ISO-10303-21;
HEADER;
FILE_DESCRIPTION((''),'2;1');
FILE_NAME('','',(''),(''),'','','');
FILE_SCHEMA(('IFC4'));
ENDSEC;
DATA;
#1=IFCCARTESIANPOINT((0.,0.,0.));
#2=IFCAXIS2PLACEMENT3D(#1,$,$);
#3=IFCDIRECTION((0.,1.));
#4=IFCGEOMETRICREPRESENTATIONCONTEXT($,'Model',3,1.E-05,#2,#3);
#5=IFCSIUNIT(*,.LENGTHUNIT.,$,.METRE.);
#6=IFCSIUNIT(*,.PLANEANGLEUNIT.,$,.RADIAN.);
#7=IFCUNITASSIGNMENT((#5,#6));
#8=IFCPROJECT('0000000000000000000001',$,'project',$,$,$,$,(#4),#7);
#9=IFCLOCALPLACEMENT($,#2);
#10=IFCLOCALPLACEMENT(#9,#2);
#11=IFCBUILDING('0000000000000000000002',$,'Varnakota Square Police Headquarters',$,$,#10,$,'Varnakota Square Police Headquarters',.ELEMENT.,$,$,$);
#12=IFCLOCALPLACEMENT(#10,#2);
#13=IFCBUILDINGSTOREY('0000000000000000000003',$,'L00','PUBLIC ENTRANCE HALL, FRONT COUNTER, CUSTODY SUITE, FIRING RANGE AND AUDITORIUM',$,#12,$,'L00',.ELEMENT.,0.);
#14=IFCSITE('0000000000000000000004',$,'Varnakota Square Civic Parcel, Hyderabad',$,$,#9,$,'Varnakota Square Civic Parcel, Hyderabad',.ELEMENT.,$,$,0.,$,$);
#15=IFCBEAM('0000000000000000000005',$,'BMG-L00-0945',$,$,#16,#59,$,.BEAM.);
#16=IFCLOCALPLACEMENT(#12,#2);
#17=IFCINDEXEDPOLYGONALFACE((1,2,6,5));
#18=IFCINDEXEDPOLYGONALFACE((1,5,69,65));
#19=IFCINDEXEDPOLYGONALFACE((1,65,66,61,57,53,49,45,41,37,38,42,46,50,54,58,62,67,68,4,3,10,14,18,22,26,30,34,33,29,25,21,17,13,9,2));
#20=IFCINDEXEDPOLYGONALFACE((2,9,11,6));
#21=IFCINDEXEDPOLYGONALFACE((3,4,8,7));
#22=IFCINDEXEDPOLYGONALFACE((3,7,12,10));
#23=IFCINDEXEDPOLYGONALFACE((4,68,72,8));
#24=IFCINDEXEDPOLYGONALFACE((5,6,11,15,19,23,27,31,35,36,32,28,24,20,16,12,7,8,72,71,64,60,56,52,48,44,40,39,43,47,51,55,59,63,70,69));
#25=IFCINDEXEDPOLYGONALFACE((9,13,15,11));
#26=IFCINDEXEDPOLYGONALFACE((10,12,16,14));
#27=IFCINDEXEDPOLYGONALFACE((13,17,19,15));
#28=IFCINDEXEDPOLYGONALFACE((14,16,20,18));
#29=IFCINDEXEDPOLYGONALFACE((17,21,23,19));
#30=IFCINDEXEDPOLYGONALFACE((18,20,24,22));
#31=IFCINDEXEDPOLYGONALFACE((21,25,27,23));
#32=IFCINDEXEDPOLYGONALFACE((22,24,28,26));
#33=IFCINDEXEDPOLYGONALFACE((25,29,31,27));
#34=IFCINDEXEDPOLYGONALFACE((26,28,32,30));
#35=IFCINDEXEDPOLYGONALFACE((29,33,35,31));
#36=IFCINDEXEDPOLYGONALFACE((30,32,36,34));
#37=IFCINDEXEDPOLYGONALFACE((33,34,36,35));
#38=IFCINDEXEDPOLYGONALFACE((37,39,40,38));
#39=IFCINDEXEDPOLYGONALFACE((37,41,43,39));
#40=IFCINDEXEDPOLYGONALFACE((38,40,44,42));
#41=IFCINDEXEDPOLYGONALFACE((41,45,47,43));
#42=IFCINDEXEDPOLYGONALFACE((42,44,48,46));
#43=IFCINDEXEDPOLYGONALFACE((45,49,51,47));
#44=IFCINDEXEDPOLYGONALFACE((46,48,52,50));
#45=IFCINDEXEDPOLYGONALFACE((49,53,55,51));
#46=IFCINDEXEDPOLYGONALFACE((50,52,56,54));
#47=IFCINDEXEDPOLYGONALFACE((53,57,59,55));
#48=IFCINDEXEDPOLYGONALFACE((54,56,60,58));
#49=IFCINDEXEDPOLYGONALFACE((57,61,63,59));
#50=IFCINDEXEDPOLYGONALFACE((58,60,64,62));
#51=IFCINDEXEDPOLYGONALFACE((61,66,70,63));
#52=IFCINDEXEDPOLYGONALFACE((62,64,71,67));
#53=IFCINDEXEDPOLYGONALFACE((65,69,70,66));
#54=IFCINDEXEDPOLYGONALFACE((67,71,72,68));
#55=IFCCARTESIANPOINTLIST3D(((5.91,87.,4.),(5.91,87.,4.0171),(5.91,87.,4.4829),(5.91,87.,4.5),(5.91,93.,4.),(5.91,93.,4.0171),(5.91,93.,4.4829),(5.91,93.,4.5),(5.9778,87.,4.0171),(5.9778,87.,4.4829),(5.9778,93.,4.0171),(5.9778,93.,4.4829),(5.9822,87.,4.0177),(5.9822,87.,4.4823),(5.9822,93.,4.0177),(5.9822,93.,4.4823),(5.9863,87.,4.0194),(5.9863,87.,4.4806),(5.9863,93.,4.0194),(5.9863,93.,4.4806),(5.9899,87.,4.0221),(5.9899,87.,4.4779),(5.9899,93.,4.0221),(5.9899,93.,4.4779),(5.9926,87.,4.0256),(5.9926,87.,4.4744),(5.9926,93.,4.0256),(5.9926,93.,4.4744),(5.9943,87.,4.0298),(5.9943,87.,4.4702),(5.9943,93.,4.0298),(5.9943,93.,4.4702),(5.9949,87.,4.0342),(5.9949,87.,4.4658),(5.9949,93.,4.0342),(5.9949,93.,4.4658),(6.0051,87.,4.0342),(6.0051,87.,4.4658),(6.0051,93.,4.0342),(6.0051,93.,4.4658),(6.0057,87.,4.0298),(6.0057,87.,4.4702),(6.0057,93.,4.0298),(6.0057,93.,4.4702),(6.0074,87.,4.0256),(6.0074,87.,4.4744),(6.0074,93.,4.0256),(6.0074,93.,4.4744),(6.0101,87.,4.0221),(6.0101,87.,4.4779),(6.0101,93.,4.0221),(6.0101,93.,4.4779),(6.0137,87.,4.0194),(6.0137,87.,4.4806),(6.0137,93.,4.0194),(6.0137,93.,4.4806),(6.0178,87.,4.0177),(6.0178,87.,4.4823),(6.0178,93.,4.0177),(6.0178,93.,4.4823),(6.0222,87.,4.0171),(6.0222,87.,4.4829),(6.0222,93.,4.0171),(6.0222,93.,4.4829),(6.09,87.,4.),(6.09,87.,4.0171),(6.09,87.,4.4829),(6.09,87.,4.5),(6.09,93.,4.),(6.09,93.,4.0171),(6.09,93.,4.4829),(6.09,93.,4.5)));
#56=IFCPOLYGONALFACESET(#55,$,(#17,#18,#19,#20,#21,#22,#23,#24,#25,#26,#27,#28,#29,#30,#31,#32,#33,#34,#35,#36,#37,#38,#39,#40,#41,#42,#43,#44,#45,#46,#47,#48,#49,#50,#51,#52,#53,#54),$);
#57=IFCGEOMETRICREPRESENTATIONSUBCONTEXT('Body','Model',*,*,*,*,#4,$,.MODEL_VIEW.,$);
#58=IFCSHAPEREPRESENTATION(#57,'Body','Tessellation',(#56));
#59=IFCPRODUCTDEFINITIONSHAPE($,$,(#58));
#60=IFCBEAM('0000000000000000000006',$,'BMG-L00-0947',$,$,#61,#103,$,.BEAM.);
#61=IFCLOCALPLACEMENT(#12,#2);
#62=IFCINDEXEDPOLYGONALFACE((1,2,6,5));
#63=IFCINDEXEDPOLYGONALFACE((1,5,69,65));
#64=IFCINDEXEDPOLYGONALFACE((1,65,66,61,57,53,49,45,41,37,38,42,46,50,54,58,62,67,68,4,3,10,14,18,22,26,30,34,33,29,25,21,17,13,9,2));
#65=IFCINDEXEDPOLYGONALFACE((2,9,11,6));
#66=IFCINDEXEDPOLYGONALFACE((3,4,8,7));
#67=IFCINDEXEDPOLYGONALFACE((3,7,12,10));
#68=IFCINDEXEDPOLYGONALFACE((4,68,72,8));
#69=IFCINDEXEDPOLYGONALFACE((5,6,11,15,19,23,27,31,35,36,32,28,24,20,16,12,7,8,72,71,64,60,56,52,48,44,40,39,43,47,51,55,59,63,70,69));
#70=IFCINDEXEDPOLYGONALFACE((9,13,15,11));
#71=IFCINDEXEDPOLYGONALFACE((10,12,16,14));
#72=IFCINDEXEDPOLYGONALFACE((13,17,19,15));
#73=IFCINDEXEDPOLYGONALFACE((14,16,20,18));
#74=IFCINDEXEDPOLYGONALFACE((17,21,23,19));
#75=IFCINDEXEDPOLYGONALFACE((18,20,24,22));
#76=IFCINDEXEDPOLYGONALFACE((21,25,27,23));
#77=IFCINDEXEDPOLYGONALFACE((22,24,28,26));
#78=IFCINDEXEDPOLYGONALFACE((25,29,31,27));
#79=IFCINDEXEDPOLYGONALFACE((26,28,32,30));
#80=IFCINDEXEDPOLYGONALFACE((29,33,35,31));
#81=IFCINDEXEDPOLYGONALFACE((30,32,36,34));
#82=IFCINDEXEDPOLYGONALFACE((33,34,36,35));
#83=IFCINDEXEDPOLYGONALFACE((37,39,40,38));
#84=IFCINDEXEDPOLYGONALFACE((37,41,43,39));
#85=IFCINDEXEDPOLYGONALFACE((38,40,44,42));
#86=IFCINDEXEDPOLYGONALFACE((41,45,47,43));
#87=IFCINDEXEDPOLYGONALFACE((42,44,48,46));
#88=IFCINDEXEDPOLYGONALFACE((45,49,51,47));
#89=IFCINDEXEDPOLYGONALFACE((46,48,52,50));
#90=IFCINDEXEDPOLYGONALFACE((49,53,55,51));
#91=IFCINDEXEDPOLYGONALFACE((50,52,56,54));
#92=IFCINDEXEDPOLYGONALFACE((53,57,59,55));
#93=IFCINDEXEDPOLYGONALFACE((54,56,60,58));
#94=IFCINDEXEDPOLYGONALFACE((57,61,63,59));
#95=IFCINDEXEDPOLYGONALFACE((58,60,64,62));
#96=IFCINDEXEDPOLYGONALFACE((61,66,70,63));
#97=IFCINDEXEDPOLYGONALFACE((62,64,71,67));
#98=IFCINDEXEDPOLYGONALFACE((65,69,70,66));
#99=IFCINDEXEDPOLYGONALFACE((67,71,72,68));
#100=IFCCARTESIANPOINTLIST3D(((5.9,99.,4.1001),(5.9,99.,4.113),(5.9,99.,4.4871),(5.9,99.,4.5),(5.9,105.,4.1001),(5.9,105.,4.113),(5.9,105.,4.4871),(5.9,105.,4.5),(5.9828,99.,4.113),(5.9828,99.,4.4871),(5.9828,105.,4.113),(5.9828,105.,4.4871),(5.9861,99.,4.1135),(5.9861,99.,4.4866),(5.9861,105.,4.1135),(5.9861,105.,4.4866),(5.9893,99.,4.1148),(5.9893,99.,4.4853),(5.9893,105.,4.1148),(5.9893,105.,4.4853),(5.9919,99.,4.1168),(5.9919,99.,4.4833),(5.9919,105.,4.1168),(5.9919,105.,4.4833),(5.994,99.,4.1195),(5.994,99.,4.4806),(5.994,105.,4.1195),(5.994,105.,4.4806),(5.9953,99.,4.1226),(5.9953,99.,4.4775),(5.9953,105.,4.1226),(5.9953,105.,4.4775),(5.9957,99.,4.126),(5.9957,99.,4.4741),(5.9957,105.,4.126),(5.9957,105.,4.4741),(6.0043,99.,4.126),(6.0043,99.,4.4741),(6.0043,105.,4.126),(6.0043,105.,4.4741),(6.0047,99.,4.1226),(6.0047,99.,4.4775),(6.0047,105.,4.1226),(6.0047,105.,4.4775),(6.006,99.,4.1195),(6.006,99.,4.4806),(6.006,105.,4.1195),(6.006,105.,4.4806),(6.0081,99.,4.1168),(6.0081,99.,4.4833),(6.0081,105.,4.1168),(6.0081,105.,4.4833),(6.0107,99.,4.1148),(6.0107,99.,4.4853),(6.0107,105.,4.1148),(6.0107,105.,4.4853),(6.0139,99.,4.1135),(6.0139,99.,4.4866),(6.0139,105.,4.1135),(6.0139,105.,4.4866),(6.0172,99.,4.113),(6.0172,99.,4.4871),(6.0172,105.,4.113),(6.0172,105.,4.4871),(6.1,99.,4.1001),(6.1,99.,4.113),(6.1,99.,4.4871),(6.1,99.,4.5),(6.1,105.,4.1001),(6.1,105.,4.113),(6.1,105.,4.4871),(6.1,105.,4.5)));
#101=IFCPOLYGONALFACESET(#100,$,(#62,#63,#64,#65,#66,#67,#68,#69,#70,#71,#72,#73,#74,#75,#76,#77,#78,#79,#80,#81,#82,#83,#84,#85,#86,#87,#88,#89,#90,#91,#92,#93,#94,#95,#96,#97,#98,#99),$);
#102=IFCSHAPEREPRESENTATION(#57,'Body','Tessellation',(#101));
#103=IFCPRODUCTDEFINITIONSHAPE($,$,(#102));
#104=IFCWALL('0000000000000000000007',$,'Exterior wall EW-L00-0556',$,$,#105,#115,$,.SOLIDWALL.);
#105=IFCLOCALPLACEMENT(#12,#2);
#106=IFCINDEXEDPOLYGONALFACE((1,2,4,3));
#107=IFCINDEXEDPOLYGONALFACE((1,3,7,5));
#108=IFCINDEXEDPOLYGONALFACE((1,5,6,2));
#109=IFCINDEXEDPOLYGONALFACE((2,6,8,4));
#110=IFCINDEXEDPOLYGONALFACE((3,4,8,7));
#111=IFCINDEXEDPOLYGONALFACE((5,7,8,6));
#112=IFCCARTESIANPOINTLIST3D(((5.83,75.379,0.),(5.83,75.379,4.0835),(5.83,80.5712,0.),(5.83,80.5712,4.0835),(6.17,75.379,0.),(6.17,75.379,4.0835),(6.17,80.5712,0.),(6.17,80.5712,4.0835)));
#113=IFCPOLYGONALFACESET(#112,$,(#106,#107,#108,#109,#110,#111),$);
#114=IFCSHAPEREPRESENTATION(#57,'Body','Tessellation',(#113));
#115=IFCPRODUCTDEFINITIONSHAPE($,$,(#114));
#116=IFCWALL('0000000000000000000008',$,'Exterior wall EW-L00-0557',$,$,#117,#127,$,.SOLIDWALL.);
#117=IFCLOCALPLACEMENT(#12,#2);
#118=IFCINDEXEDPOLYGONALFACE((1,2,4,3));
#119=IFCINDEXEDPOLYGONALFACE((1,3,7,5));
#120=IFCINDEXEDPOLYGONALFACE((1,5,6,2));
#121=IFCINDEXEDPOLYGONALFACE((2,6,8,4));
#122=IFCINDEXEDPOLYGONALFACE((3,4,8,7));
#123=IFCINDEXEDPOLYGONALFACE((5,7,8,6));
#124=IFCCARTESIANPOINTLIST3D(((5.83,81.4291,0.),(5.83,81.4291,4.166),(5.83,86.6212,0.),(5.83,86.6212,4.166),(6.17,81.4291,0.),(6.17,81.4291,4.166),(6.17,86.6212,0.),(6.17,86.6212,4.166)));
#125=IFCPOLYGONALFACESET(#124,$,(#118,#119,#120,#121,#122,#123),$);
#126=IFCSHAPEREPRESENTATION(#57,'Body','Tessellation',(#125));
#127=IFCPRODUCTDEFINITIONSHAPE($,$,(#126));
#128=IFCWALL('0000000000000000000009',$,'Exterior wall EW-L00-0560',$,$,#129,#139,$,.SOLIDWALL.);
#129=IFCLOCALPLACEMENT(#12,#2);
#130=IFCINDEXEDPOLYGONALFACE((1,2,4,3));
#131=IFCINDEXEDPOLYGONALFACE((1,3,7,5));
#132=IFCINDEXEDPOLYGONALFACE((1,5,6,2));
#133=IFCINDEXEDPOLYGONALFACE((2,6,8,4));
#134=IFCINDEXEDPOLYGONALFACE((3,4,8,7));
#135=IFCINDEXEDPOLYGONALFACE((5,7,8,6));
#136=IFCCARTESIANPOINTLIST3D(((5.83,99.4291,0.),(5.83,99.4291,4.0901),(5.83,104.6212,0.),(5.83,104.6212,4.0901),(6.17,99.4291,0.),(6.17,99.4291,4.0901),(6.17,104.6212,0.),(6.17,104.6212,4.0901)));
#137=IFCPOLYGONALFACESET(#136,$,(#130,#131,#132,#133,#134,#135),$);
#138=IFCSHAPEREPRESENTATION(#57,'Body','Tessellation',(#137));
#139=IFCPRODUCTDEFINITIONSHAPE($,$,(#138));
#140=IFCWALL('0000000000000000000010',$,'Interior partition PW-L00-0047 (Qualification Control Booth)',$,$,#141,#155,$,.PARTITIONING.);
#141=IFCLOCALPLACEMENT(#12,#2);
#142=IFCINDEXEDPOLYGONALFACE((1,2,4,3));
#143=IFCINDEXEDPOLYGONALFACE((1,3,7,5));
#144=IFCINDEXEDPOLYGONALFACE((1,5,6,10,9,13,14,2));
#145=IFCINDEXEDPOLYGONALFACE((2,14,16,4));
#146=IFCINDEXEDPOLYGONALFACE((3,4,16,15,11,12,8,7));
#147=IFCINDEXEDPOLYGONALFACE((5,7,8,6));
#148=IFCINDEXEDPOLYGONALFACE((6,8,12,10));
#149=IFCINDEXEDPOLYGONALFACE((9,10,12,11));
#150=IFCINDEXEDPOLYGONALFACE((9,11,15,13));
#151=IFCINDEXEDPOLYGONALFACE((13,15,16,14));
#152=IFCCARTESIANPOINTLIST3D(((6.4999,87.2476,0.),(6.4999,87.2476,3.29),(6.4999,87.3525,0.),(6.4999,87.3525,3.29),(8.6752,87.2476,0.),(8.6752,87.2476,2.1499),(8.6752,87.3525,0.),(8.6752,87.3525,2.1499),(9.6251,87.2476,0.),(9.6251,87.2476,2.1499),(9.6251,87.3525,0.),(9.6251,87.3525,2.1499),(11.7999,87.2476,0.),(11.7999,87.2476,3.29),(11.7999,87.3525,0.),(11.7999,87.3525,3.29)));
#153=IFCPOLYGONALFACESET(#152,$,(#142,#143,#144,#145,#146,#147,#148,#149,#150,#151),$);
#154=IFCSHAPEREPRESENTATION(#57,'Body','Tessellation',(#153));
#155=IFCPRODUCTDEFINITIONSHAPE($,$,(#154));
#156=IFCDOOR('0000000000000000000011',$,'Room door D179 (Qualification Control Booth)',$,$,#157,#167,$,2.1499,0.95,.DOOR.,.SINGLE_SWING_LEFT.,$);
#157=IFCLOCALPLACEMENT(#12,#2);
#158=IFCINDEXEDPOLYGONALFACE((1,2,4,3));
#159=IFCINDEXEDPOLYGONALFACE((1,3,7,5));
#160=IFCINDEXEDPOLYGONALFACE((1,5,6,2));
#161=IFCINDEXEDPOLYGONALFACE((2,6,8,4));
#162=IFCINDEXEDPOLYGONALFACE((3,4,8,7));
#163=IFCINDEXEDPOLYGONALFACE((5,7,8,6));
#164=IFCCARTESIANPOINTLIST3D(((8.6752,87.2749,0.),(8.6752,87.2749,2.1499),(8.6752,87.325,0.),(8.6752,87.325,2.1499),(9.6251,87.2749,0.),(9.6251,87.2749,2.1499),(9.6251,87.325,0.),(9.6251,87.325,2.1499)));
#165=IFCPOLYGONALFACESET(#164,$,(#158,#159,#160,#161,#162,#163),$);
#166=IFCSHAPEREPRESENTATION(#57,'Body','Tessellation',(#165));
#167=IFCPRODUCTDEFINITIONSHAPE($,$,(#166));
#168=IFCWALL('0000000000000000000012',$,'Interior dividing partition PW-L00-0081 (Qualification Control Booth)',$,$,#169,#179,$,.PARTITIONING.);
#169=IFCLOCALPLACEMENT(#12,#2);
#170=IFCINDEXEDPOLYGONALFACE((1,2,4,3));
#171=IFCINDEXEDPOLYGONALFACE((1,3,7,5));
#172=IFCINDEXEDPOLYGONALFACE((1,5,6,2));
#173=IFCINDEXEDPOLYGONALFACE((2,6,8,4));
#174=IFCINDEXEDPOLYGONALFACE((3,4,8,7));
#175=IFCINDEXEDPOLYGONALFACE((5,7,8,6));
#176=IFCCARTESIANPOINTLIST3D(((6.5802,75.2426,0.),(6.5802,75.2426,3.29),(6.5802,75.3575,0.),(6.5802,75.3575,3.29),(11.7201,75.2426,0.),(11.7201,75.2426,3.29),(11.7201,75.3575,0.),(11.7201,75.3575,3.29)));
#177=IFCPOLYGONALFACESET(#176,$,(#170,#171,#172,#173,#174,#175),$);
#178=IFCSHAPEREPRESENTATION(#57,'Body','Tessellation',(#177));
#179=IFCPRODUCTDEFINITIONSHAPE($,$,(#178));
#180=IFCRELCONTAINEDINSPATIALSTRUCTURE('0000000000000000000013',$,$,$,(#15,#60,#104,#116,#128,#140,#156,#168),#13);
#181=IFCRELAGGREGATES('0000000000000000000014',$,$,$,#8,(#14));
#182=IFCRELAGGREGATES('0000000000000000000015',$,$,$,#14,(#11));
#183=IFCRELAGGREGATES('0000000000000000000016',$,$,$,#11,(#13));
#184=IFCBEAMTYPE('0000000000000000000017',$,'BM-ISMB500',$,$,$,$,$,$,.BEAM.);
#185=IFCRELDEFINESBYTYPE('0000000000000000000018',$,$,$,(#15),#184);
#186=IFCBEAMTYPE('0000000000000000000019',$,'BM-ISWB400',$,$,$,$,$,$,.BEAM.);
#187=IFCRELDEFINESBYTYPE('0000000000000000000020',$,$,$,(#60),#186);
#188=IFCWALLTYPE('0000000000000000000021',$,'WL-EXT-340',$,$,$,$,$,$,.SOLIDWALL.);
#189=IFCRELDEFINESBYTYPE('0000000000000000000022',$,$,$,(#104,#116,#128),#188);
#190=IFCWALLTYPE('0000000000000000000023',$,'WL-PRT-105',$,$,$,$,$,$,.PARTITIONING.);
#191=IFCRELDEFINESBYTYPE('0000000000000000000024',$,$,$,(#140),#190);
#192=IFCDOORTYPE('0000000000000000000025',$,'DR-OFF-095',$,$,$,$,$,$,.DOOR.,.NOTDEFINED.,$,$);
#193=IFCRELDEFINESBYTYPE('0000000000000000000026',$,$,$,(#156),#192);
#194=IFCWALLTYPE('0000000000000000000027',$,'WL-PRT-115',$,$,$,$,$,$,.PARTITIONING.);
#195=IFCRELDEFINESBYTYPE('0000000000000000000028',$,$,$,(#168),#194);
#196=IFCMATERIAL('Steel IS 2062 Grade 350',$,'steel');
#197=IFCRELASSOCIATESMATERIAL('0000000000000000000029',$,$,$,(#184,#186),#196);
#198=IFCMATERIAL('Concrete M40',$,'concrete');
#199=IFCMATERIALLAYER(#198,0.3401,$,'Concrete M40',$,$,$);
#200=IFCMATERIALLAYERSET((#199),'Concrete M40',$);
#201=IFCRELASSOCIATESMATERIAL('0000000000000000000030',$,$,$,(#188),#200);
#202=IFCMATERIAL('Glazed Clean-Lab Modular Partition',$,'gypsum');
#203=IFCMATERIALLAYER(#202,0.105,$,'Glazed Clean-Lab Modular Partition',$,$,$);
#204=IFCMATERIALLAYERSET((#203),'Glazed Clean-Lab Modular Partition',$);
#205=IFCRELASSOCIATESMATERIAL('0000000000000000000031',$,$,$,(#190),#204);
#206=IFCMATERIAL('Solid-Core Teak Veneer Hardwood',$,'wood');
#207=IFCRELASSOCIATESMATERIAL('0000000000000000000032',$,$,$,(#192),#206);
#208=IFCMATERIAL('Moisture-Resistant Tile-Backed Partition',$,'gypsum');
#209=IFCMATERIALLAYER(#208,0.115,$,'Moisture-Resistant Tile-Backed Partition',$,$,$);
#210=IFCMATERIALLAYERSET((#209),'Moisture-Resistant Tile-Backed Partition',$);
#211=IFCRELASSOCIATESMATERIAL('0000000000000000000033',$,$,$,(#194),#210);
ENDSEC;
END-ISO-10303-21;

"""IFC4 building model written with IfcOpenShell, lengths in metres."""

from ifc_helpers import new_model, si_unit, direction, frame, frame_2d, origin, origin_2d, place, context, subcontext, project, spatial, rectangle, i_section, extrude, material, layer, layer_set, material_profile, profile_set, type_object, element, fill, save


model = new_model("IFC4")

# Units and contexts
model_context = context("Model", 3, precision=1e-05, world=origin(), true_north=direction((0.0, 1.0)))
body_context = subcontext(model_context, "Body", "Model", "MODEL_VIEW")
ifc_project = project(units=[si_unit("LENGTHUNIT", "METRE"), si_unit("PLANEANGLEUNIT", "RADIAN")], contexts=[model_context])

# Site, building, storey
site_placement = place(None, origin())
site = spatial("IfcSite", under=ifc_project, at=site_placement, Name="Varnakota Square Civic Parcel, Hyderabad", LongName="Varnakota Square Civic Parcel, Hyderabad", CompositionType="ELEMENT", RefElevation=0.0)
building_placement = place(site_placement, origin())
building = spatial("IfcBuilding", under=site, at=building_placement, Name="Varnakota Square Police Headquarters", LongName="Varnakota Square Police Headquarters", CompositionType="ELEMENT")
storey_placement = place(building_placement, origin())
storey = spatial("IfcBuildingStorey", under=building, at=storey_placement, Name="L00", Description="PUBLIC ENTRANCE HALL, FRONT COUNTER, CUSTODY SUITE, FIRING RANGE AND AUDITORIUM", LongName="L00", CompositionType="ELEMENT", Elevation=0.0)

# Beams
ifc_material_1 = material(Name="Steel IS 2062 Grade 350", Category="steel")
ifc_material_profile_1 = material_profile(ifc_material_1, i_section(OverallWidth=0.1799, OverallDepth=0.5, WebThickness=0.0103, FlangeThickness=0.0171, FilletRadius=0.0171, at=origin_2d()), Name="ISMB 500")
ifc_profile_set_1 = profile_set([ifc_material_profile_1], Name="Steel IS 2062 Grade 350")
beam_type_1 = type_object("IfcBeamType", Name="BM-ISMB500", PredefinedType="BEAM", material=ifc_profile_set_1)
beam_1_placement = place(storey_placement, frame((6.0, 87.0, 4.25), z_axis=(0.0, 1.0, 0.0), x_axis=(-1.0, 0.0, 0.0)))
element("IfcBeam", 1, at=beam_1_placement, inside=storey, type_object=beam_type_1, Name="BMG-L00-0945", PredefinedType="BEAM", context=body_context, shape_type="SweptSolid", body=[
    extrude(i_section(OverallWidth=0.1799, OverallDepth=0.5, WebThickness=0.0103, FlangeThickness=0.0171, FilletRadius=0.0171, at=origin_2d()), origin(), (0.0, 0.0, 1.0), 6.0),
])
ifc_material_profile_2 = material_profile(ifc_material_1, i_section(OverallWidth=0.2, OverallDepth=0.3999, WebThickness=0.0085, FlangeThickness=0.0129, FilletRadius=0.0129, at=origin_2d()), Name="ISWB 400")
ifc_profile_set_2 = profile_set([ifc_material_profile_2], Name="Steel IS 2062 Grade 350")
beam_type_2 = type_object("IfcBeamType", Name="BM-ISWB400", PredefinedType="BEAM", material=ifc_profile_set_2)
beam_2_placement = place(storey_placement, frame((6.0, 99.0, 4.3), z_axis=(0.0, 1.0, 0.0), x_axis=(-1.0, 0.0, 0.0)))
element("IfcBeam", 2, at=beam_2_placement, inside=storey, type_object=beam_type_2, Name="BMG-L00-0947", PredefinedType="BEAM", context=body_context, shape_type="SweptSolid", body=[
    extrude(i_section(OverallWidth=0.2, OverallDepth=0.3999, WebThickness=0.0085, FlangeThickness=0.0129, FilletRadius=0.0129, at=origin_2d()), origin(), (0.0, 0.0, 1.0), 6.0),
])

# Walls
ifc_material_2 = material(Name="Concrete M40", Category="concrete")
ifc_layer_1 = layer(ifc_material_2, 0.3401, Name="Concrete M40")
ifc_layer_set_1 = layer_set([ifc_layer_1], Name="Concrete M40")
wall_type_1 = type_object("IfcWallType", Name="WL-EXT-340", PredefinedType="SOLIDWALL", material=ifc_layer_set_1)
wall_1_placement = place(storey_placement, frame((6.0, 75.3789, 0.0), z_axis=(0.0, 0.0, 1.0), x_axis=(0.0, 1.0, 0.0)))
element("IfcWall", 3, at=wall_1_placement, inside=storey, type_object=wall_type_1, Name="Exterior wall EW-L00-0556", PredefinedType="SOLIDWALL", context=body_context, shape_type="SweptSolid", body=[
    extrude(rectangle(XDim=5.1921, YDim=0.3401, at=frame_2d((2.5962, 0.0))), origin(), (0.0, 0.0, 1.0), 4.0835),
])
wall_2_placement = place(storey_placement, frame((6.0, 81.429, 0.0), z_axis=(0.0, 0.0, 1.0), x_axis=(0.0, 1.0, 0.0)))
element("IfcWall", 4, at=wall_2_placement, inside=storey, type_object=wall_type_1, Name="Exterior wall EW-L00-0557", PredefinedType="SOLIDWALL", context=body_context, shape_type="SweptSolid", body=[
    extrude(rectangle(XDim=5.1921, YDim=0.3401, at=frame_2d((2.5962, 0.0))), origin(), (0.0, 0.0, 1.0), 4.166),
])

# Wall
wall_3_placement = place(storey_placement, frame((6.0, 99.429, 0.0), z_axis=(0.0, 0.0, 1.0), x_axis=(0.0, 1.0, 0.0)))
element("IfcWall", 5, at=wall_3_placement, inside=storey, type_object=wall_type_1, Name="Exterior wall EW-L00-0560", PredefinedType="SOLIDWALL", context=body_context, shape_type="SweptSolid", body=[
    extrude(rectangle(XDim=5.1921, YDim=0.3401, at=frame_2d((2.5962, 0.0))), origin(), (0.0, 0.0, 1.0), 4.0901),
])

# Wall, opening, door
ifc_material_3 = material(Name="Glazed Clean-Lab Modular Partition", Category="gypsum")
ifc_layer_2 = layer(ifc_material_3, 0.105, Name="Glazed Clean-Lab Modular Partition")
ifc_layer_set_2 = layer_set([ifc_layer_2], Name="Glazed Clean-Lab Modular Partition")
wall_type_2 = type_object("IfcWallType", Name="WL-PRT-105", PredefinedType="PARTITIONING", material=ifc_layer_set_2)
wall_4_placement = place(storey_placement, frame((6.5, 87.3, 0.0), z_axis=(0.0, 0.0, 1.0), x_axis=(1.0, 0.0, 0.0)))
wall_4 = element("IfcWall", 6, at=wall_4_placement, inside=storey, type_object=wall_type_2, Name="Interior partition PW-L00-0047 (Qualification Control Booth)", PredefinedType="PARTITIONING", context=body_context, shape_type="SweptSolid", body=[
    extrude(rectangle(XDim=5.3, YDim=0.105, at=frame_2d((2.6499, 0.0))), origin(), (0.0, 0.0, 1.0), 3.29),
])
opening_1_placement = place(wall_4_placement, frame((2.175, 0.0, 0.0)))
opening_1 = element("IfcOpeningElement", 7, at=opening_1_placement, cuts=wall_4, PredefinedType="OPENING", context=body_context, shape_type="SweptSolid", body=[
    extrude(rectangle(XDim=0.95, YDim=2.1499, at=frame_2d((0.4751, 1.075))), frame((0.0, 0.0625, 0.0), z_axis=(0.0, -1.0, 0.0), x_axis=(1.0, 0.0, 0.0)), (0.0, 0.0, 1.0), 0.125),
])
ifc_material_4 = material(Name="Solid-Core Teak Veneer Hardwood", Category="wood")
door_type_1 = type_object("IfcDoorType", Name="DR-OFF-095", OperationType="NOTDEFINED", PredefinedType="DOOR", material=ifc_material_4)
door_1_placement = place(opening_1_placement, origin())
door_1 = element("IfcDoor", 8, at=door_1_placement, inside=storey, type_object=door_type_1, Name="Room door D179 (Qualification Control Booth)", OperationType="SINGLE_SWING_LEFT", OverallHeight=2.1499, OverallWidth=0.95, PredefinedType="DOOR", context=body_context, shape_type="SweptSolid", body=[
    extrude(rectangle(XDim=0.95, YDim=2.1499, at=frame_2d((0.4751, 1.075))), frame((0.0, 0.0249, 0.0), z_axis=(0.0, -1.0, 0.0), x_axis=(1.0, 0.0, 0.0)), (0.0, 0.0, 1.0), 0.05),
])
fill(opening_1, door_1)

# Wall
ifc_material_5 = material(Name="Moisture-Resistant Tile-Backed Partition", Category="gypsum")
ifc_layer_3 = layer(ifc_material_5, 0.115, Name="Moisture-Resistant Tile-Backed Partition")
ifc_layer_set_3 = layer_set([ifc_layer_3], Name="Moisture-Resistant Tile-Backed Partition")
wall_type_3 = type_object("IfcWallType", Name="WL-PRT-115", PredefinedType="PARTITIONING", material=ifc_layer_set_3)
wall_5_placement = place(storey_placement, frame((11.72, 75.3, 0.0), z_axis=(0.0, 0.0, 1.0), x_axis=(-1.0, 0.0, 0.0)))
element("IfcWall", 9, at=wall_5_placement, inside=storey, type_object=wall_type_3, Name="Interior dividing partition PW-L00-0081 (Qualification Control Booth)", PredefinedType="PARTITIONING", context=body_context, shape_type="SweptSolid", body=[
    extrude(rectangle(XDim=5.1399, YDim=0.115, at=frame_2d((2.5698, 0.0))), origin(), (0.0, 0.0, 1.0), 3.29),
])

save(model, "model.ifc")
